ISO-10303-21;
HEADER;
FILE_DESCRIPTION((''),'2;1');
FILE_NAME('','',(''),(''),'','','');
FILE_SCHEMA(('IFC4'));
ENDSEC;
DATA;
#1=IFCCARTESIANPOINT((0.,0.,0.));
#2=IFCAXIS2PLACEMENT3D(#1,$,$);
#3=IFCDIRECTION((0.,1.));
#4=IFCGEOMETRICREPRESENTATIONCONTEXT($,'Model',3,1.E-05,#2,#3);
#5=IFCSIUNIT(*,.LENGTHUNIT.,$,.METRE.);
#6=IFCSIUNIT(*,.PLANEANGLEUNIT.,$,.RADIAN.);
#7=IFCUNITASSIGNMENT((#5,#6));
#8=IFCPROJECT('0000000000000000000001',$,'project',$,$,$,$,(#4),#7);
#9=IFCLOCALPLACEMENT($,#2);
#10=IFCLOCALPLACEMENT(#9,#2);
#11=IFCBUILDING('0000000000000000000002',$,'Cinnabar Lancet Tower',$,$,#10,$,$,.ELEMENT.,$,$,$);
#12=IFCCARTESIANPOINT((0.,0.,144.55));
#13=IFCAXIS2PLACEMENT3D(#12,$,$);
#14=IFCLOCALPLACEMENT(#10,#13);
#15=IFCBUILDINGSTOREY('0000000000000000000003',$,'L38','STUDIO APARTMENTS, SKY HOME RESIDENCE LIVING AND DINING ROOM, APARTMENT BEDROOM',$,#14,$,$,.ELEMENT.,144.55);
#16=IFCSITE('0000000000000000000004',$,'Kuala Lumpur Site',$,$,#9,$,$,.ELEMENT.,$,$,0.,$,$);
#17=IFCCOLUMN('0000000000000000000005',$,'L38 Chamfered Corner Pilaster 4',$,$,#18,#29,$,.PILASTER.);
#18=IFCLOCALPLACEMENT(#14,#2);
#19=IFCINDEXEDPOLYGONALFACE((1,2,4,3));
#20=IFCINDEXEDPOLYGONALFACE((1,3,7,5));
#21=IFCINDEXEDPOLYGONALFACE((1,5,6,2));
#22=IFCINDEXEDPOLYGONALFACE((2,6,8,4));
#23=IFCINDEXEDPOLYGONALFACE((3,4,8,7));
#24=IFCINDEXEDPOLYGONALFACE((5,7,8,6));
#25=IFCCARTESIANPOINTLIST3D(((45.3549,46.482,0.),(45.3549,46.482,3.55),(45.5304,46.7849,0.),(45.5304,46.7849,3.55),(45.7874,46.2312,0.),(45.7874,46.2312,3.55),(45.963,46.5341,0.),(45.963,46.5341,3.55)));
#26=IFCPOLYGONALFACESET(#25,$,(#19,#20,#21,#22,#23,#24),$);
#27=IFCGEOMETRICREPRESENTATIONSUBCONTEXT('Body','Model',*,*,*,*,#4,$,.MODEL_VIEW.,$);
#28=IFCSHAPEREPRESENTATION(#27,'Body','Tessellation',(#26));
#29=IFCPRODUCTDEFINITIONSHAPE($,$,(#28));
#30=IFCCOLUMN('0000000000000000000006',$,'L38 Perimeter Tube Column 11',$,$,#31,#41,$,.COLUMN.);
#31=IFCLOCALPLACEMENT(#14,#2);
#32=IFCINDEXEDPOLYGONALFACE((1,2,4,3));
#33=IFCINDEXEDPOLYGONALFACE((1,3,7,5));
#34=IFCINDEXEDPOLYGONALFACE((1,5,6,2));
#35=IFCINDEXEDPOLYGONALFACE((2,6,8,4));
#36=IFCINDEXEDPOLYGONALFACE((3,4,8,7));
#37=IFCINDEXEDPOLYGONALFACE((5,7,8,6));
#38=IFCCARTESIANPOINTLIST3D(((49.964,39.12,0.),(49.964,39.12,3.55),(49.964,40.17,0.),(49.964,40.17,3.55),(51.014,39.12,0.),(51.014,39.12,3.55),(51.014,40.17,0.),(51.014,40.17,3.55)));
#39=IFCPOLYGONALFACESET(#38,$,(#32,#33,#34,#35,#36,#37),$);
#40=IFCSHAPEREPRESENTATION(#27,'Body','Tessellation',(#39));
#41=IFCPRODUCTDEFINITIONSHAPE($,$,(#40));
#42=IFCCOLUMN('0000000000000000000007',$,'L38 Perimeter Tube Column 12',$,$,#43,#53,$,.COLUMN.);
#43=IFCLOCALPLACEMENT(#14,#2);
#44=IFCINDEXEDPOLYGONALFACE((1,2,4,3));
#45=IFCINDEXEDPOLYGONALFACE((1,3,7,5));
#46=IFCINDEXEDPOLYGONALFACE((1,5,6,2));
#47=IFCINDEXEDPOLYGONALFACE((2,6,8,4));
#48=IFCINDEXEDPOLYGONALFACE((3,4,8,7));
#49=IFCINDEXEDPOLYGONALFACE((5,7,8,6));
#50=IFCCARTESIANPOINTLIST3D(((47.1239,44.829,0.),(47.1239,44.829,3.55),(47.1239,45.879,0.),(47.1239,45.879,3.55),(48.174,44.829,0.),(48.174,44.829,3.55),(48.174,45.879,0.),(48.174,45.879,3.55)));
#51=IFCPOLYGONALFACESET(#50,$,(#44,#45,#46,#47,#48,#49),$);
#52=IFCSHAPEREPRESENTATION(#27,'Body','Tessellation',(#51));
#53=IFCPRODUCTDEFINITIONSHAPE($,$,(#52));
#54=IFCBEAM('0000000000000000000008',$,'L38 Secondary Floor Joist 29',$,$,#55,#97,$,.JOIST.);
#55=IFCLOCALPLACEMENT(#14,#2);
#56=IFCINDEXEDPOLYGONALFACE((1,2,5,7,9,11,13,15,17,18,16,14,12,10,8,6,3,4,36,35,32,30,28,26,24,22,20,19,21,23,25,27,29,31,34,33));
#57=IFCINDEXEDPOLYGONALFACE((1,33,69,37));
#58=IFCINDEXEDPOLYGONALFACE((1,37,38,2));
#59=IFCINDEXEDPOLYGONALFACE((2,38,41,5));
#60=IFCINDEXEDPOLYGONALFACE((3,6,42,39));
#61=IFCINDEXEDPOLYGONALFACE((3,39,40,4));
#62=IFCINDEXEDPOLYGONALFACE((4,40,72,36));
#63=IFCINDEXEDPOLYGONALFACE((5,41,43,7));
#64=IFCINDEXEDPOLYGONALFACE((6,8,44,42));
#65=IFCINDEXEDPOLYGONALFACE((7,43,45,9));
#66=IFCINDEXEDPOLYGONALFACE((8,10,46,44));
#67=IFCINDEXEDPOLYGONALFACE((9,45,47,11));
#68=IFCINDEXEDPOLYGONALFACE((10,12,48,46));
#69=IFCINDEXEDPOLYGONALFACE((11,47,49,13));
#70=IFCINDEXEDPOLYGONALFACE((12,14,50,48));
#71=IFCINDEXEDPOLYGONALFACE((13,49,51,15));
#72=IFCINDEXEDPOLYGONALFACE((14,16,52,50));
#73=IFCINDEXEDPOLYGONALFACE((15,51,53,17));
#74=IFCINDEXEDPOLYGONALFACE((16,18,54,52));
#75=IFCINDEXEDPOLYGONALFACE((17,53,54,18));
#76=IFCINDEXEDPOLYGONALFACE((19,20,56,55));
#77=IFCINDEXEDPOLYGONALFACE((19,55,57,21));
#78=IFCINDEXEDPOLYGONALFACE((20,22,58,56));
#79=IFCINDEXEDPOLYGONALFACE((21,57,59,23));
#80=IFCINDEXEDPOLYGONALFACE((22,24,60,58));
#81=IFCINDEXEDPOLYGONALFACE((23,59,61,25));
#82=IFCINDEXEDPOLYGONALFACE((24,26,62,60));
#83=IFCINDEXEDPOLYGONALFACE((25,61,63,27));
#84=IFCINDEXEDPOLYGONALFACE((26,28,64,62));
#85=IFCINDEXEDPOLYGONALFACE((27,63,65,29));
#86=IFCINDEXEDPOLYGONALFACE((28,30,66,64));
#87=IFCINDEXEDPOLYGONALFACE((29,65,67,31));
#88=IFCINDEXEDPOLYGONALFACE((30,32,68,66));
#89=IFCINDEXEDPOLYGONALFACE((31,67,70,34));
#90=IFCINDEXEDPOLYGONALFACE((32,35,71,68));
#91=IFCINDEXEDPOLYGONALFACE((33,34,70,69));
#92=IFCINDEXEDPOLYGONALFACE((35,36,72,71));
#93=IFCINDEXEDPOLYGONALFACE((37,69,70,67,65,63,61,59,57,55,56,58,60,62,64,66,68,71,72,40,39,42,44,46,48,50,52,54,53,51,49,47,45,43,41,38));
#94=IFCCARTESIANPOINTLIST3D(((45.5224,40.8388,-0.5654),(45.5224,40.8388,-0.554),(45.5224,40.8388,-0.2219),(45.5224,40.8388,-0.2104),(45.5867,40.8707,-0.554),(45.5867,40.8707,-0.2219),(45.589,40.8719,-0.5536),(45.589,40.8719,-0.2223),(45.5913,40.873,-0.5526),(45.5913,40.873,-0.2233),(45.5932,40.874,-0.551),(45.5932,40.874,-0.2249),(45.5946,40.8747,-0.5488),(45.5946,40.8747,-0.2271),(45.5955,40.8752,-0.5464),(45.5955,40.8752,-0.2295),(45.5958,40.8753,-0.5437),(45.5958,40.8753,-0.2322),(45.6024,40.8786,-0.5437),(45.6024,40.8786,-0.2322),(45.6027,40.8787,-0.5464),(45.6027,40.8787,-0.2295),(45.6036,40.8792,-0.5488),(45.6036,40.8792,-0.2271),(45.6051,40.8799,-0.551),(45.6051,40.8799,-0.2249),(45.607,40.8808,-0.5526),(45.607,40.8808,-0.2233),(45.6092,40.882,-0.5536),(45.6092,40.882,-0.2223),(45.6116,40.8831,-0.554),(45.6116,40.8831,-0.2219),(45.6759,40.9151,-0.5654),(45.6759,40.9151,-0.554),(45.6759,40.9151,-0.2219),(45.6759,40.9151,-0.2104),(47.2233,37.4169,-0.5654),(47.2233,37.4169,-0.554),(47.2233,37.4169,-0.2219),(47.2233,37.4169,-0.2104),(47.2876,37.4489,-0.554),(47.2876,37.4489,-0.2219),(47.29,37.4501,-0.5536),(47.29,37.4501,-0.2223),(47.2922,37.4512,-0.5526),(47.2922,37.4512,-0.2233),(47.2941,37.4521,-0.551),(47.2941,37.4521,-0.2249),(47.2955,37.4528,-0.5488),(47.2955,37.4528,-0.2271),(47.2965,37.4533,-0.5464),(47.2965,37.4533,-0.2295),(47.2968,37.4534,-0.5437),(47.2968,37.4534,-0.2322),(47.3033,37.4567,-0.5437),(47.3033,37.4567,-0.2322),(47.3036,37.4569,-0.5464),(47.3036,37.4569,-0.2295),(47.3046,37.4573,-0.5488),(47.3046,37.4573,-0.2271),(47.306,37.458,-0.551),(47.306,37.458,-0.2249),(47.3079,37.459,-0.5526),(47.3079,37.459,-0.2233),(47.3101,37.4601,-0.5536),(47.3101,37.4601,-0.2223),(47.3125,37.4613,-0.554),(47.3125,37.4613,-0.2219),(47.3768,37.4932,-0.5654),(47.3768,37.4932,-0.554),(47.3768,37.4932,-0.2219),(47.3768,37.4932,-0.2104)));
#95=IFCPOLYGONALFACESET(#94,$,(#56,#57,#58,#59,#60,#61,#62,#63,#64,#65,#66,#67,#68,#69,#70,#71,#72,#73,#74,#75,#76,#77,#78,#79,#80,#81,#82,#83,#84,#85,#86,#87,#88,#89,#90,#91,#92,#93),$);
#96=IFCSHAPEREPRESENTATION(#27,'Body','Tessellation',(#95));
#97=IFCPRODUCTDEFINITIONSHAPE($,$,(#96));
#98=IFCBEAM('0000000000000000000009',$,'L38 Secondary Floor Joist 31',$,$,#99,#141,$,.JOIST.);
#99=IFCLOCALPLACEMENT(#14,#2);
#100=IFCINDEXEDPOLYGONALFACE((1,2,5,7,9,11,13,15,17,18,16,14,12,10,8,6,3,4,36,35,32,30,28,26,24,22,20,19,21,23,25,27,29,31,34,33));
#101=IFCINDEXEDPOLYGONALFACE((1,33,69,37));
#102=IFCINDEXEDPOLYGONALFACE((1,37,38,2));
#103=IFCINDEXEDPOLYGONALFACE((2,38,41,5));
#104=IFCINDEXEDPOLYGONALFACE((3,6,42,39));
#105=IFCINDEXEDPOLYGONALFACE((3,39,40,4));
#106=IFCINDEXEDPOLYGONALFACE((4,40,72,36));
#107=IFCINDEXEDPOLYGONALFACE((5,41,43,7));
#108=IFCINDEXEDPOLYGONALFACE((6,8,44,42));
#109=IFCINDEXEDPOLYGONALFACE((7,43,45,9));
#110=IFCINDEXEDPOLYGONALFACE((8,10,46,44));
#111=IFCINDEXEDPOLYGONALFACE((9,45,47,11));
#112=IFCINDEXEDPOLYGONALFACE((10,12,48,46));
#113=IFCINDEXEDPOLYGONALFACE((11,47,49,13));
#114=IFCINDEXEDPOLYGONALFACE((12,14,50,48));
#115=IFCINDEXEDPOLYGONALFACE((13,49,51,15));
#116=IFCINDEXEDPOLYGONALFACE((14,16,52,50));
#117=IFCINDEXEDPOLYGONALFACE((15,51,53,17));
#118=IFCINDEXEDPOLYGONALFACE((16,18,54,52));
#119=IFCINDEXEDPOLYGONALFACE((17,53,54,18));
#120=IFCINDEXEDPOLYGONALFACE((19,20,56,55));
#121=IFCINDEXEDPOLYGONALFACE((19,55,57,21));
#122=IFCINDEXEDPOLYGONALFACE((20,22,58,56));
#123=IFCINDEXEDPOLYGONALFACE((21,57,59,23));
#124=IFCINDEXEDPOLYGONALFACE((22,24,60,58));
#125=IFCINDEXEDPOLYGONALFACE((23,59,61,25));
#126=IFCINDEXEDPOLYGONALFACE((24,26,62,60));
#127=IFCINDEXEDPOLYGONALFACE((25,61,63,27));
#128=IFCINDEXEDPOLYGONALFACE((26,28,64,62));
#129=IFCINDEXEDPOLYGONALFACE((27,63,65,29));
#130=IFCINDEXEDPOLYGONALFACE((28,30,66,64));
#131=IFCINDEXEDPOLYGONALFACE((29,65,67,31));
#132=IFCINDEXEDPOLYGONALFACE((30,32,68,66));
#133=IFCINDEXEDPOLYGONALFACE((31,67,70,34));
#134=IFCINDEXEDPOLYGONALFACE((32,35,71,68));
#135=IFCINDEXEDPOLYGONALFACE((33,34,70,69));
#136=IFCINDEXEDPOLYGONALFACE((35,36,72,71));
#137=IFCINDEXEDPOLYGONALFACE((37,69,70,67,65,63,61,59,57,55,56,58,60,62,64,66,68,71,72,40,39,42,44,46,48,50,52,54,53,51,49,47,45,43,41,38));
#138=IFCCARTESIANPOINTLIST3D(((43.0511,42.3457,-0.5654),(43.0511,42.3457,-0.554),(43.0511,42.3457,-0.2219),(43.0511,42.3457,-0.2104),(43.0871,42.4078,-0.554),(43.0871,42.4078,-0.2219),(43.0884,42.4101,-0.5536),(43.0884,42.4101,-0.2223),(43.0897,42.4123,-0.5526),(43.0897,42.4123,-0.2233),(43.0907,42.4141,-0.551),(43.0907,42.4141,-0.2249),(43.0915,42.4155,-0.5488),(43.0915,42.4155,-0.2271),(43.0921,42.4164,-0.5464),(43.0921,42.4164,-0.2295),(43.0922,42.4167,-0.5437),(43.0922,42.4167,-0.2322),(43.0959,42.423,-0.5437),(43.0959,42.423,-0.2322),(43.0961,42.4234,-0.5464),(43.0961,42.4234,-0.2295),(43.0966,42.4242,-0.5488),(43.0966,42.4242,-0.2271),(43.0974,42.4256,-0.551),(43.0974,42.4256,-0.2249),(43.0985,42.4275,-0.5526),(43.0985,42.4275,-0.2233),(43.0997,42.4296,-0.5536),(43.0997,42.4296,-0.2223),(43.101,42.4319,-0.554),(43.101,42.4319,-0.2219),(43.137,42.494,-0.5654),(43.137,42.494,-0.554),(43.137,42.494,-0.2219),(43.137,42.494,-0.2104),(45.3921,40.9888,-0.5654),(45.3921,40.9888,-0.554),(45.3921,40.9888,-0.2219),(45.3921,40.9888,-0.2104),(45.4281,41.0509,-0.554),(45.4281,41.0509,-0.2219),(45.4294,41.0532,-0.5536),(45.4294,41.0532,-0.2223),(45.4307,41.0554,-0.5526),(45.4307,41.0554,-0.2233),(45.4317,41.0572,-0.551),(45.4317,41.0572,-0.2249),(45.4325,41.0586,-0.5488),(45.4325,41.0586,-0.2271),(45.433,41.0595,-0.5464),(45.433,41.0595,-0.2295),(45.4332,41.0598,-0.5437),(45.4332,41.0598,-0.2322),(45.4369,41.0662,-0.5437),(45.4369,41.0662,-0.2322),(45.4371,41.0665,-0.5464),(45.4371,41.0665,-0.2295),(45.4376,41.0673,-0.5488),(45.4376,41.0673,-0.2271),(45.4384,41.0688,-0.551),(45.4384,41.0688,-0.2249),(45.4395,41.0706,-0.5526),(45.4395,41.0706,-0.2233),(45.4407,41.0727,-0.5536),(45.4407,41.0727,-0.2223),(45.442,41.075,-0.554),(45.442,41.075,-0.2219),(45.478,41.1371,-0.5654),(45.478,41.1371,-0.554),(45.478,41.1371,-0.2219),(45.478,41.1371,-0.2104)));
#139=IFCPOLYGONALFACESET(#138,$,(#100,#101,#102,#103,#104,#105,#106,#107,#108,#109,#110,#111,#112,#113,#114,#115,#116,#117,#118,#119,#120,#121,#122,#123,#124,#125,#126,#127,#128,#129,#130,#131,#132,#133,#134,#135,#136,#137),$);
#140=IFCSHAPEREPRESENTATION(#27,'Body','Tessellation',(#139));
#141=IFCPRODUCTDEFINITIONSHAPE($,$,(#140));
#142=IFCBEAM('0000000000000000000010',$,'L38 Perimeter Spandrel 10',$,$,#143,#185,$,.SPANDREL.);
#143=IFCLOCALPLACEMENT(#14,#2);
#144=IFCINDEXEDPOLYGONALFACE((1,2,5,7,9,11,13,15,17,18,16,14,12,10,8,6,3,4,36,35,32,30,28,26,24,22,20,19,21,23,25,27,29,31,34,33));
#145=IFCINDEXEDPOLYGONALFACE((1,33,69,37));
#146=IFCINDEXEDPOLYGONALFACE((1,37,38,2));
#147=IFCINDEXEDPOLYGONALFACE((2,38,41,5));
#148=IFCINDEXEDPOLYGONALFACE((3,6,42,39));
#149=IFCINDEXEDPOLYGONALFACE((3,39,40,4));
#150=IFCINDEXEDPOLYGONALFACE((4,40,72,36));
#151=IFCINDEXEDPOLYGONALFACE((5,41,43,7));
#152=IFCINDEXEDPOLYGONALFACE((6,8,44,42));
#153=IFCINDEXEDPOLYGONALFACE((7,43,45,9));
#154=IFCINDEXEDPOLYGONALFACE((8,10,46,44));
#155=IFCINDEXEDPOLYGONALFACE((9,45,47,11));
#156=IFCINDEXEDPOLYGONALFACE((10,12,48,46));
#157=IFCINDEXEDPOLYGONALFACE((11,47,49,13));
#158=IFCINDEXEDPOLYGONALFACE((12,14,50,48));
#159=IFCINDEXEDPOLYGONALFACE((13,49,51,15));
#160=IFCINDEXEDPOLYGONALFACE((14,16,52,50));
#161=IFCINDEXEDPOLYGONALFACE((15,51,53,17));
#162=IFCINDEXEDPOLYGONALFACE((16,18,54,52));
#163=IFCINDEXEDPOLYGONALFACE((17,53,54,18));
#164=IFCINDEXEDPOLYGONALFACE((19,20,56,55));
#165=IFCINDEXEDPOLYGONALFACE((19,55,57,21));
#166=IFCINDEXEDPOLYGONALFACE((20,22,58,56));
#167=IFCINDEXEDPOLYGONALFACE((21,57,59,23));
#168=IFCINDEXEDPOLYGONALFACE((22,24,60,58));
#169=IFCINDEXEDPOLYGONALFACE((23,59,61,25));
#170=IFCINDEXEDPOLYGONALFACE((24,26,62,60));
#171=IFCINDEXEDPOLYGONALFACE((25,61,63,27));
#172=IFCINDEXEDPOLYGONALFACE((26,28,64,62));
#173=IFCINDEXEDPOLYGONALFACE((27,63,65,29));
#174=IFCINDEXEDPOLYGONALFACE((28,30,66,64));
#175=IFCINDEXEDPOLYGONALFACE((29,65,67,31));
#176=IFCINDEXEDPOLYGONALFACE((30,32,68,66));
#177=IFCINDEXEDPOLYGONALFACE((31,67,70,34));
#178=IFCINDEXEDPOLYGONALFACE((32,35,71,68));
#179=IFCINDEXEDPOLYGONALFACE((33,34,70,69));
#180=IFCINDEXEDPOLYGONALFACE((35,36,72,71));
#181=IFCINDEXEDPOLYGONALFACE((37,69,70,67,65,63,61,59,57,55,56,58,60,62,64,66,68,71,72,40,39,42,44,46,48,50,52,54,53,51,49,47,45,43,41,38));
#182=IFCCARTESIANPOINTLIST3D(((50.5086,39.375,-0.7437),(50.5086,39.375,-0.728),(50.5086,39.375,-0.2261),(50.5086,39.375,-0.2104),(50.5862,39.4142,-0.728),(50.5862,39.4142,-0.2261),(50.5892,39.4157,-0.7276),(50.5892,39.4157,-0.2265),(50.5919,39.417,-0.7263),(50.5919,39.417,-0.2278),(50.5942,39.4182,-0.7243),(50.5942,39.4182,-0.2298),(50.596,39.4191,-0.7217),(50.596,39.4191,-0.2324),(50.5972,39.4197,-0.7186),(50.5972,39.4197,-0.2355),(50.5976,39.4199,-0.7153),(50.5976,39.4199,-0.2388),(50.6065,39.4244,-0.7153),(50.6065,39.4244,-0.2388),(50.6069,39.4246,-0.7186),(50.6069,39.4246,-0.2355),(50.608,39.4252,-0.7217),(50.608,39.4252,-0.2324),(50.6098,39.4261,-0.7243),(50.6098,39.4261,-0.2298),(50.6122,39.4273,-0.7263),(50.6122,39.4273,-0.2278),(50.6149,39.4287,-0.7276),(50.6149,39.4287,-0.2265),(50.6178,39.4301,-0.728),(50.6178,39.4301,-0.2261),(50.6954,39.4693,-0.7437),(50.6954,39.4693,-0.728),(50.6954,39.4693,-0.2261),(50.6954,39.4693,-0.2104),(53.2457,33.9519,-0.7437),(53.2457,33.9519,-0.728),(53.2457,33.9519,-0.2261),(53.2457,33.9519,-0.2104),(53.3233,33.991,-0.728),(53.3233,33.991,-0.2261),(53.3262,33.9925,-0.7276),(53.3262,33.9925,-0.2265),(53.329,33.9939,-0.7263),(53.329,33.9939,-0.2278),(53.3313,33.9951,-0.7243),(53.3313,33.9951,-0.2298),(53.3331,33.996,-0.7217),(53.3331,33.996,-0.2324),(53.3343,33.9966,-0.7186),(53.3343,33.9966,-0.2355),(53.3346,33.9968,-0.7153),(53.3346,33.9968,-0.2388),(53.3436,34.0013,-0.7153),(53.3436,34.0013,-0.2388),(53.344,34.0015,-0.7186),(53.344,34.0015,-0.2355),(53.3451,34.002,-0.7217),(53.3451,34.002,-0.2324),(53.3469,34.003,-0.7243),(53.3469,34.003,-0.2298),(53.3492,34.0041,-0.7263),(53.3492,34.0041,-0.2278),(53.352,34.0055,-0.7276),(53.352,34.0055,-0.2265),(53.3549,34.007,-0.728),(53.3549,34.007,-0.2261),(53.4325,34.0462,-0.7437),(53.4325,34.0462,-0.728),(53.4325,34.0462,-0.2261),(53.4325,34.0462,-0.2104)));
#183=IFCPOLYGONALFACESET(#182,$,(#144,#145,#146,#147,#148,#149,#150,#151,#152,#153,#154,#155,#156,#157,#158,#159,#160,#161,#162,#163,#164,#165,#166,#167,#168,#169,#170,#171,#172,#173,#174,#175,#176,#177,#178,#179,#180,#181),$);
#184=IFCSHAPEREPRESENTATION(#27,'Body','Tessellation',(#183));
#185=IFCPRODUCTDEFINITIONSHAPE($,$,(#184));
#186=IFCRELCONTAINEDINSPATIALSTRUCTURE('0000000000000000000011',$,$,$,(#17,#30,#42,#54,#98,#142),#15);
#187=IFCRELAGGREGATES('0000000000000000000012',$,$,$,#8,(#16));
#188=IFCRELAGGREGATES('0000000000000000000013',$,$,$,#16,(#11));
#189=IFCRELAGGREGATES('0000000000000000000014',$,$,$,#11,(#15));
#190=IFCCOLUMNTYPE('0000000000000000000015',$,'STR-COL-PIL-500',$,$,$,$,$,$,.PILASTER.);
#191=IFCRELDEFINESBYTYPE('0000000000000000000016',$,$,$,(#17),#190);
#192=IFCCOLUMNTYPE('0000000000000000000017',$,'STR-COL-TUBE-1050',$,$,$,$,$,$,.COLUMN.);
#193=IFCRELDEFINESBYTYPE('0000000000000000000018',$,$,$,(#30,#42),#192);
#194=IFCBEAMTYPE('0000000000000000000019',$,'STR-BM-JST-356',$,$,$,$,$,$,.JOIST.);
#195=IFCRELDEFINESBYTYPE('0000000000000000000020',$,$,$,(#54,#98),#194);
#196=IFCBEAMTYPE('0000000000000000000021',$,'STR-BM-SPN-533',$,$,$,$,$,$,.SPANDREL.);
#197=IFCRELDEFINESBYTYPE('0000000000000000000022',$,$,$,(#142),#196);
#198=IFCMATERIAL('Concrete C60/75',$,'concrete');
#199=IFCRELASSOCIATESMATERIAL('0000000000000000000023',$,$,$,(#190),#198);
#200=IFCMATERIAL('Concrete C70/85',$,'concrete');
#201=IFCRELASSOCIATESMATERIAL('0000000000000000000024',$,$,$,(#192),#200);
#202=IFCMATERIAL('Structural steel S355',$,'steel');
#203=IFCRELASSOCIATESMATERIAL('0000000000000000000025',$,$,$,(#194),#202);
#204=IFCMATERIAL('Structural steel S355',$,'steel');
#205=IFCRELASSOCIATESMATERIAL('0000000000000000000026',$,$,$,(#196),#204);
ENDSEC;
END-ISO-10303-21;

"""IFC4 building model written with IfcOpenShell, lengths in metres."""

from ifc_helpers import new_model, si_unit, direction, frame, origin, origin_2d, place, context, subcontext, project, spatial, rectangle, i_section, extrude, material, material_profile, profile_set, type_object, element, save


model = new_model("IFC4")

# Units and contexts
model_context = context("Model", 3, precision=1e-05, world=origin(), true_north=direction((0.0, 1.0)))
body_context = subcontext(model_context, "Body", "Model", "MODEL_VIEW")
ifc_project = project(units=[si_unit("LENGTHUNIT", "METRE"), si_unit("PLANEANGLEUNIT", "RADIAN")], contexts=[model_context])

# Site, building, storey
site_placement = place(None, origin())
site = spatial("IfcSite", under=ifc_project, at=site_placement, Name="Kuala Lumpur Site", CompositionType="ELEMENT", RefElevation=0.0)
building_placement = place(site_placement, origin())
building = spatial("IfcBuilding", under=site, at=building_placement, Name="Cinnabar Lancet Tower", CompositionType="ELEMENT")
storey_placement = place(building_placement, frame((0.0, 0.0, 144.55)))
storey = spatial("IfcBuildingStorey", under=building, at=storey_placement, Name="L38", Description="STUDIO APARTMENTS, SKY HOME RESIDENCE LIVING AND DINING ROOM, APARTMENT BEDROOM", CompositionType="ELEMENT", Elevation=144.55)

# Columns
ifc_material_1 = material(Name="Concrete C60/75", Category="concrete")
ifc_material_profile_1 = material_profile(ifc_material_1, rectangle(XDim=0.5, YDim=0.3501, at=origin_2d()), Name="RC-PIL 500x350")
ifc_profile_set_1 = profile_set([ifc_material_profile_1], Name="Concrete C60/75")
column_type_1 = type_object("IfcColumnType", Name="STR-COL-PIL-500", PredefinedType="PILASTER", material=ifc_profile_set_1)
column_placement = place(storey_placement, frame((45.6589, 46.5081, 0.0), z_axis=(0.0, 0.0, 1.0), x_axis=(-0.86516, 0.501496, 0.0)))
element("IfcColumn", 1, at=column_placement, inside=storey, type_object=column_type_1, Name="L38 Chamfered Corner Pilaster 4", PredefinedType="PILASTER", context=body_context, shape_type="SweptSolid", body=[
    extrude(rectangle(XDim=0.5, YDim=0.3501, at=origin_2d()), origin(), (0.0, 0.0, 1.0), 3.55),
])
ifc_material_2 = material(Name="Concrete C70/85", Category="concrete")
ifc_material_profile_2 = material_profile(ifc_material_2, rectangle(XDim=1.05, YDim=1.05, at=origin_2d()), Name="RC-COL 1050x1050")
ifc_profile_set_2 = profile_set([ifc_material_profile_2], Name="Concrete C70/85")
column_type_2 = type_object("IfcColumnType", Name="STR-COL-TUBE-1050", PredefinedType="COLUMN", material=ifc_profile_set_2)
for number, where, z_axis, x_axis, name in (
    (2, (50.489, 39.645, 0.0), (0.0, 0.0, 1.0), (1.0, 0.0, 0.0), "L38 Perimeter Tube Column 11"),
    (3, (47.6489, 45.354, 0.0), (0.0, 0.0, 1.0), (1.0, 0.0, 0.0), "L38 Perimeter Tube Column 12"),
):
    element("IfcColumn", number, at=place(storey_placement, frame(where, z_axis=z_axis, x_axis=x_axis)), inside=storey, type_object=column_type_2, Name=name, PredefinedType="COLUMN", context=body_context, shape_type="SweptSolid", body=[
        extrude(rectangle(XDim=1.05, YDim=1.05, at=origin_2d()), origin(), (0.0, 0.0, 1.0), 3.55),
    ])

# Beams
ifc_material_3 = material(Name="Structural steel S355", Category="steel")
ifc_material_profile_3 = material_profile(ifc_material_3, i_section(OverallWidth=0.1714, OverallDepth=0.355, WebThickness=0.0073, FlangeThickness=0.0115, FilletRadius=0.0103, at=origin_2d()), Name="UKB 356x171x51")
ifc_profile_set_3 = profile_set([ifc_material_profile_3], Name="Structural steel S355")
beam_type_1 = type_object("IfcBeamType", Name="STR-BM-JST-356", PredefinedType="JOIST", material=ifc_profile_set_3)
beam_1_placement = place(storey_placement, frame((47.3, 37.4551, -0.3879), z_axis=(-0.445117, 0.895473, 0.0), x_axis=(-0.895473, -0.445117, 0.0)))
element("IfcBeam", 4, at=beam_1_placement, inside=storey, type_object=beam_type_1, Name="L38 Secondary Floor Joist 29", PredefinedType="JOIST", context=body_context, shape_type="SweptSolid", body=[
    extrude(i_section(OverallWidth=0.1714, OverallDepth=0.355, WebThickness=0.0073, FlangeThickness=0.0115, FilletRadius=0.0103, at=origin_2d()), origin(), (0.0, 0.0, 1.0), 3.8213),
])
beam_2_placement = place(storey_placement, frame((45.4351, 41.063, -0.3879), z_axis=(-0.865173, 0.501474, 0.0), x_axis=(-0.501474, -0.865173, 0.0)))
element("IfcBeam", 5, at=beam_2_placement, inside=storey, type_object=beam_type_1, Name="L38 Secondary Floor Joist 31", PredefinedType="JOIST", context=body_context, shape_type="SweptSolid", body=[
    extrude(i_section(OverallWidth=0.1714, OverallDepth=0.355, WebThickness=0.0073, FlangeThickness=0.0115, FilletRadius=0.0103, at=origin_2d()), origin(), (0.0, 0.0, 1.0), 2.7058),
])
ifc_material_4 = material(Name="Structural steel S355", Category="steel")
ifc_material_profile_4 = material_profile(ifc_material_4, i_section(OverallWidth=0.2092, OverallDepth=0.5332, WebThickness=0.01, FlangeThickness=0.0156, FilletRadius=0.0127, at=origin_2d()), Name="UKB 533x210x92")
ifc_profile_set_4 = profile_set([ifc_material_profile_4], Name="Structural steel S355")
beam_type_2 = type_object("IfcBeamType", Name="STR-BM-SPN-533", PredefinedType="SPANDREL", material=ifc_profile_set_4)
beam_3_placement = place(storey_placement, frame((53.3391, 33.999, -0.4771), z_axis=(-0.45057, 0.892741, 0.0), x_axis=(-0.892741, -0.45057, 0.0)))
element("IfcBeam", 6, at=beam_3_placement, inside=storey, type_object=beam_type_2, Name="L38 Perimeter Spandrel 10", PredefinedType="SPANDREL", context=body_context, shape_type="SweptSolid", body=[
    extrude(i_section(OverallWidth=0.2092, OverallDepth=0.5332, WebThickness=0.01, FlangeThickness=0.0156, FilletRadius=0.0127, at=origin_2d()), origin(), (0.0, 0.0, 1.0), 6.0747),
])

save(model, "model.ifc")
